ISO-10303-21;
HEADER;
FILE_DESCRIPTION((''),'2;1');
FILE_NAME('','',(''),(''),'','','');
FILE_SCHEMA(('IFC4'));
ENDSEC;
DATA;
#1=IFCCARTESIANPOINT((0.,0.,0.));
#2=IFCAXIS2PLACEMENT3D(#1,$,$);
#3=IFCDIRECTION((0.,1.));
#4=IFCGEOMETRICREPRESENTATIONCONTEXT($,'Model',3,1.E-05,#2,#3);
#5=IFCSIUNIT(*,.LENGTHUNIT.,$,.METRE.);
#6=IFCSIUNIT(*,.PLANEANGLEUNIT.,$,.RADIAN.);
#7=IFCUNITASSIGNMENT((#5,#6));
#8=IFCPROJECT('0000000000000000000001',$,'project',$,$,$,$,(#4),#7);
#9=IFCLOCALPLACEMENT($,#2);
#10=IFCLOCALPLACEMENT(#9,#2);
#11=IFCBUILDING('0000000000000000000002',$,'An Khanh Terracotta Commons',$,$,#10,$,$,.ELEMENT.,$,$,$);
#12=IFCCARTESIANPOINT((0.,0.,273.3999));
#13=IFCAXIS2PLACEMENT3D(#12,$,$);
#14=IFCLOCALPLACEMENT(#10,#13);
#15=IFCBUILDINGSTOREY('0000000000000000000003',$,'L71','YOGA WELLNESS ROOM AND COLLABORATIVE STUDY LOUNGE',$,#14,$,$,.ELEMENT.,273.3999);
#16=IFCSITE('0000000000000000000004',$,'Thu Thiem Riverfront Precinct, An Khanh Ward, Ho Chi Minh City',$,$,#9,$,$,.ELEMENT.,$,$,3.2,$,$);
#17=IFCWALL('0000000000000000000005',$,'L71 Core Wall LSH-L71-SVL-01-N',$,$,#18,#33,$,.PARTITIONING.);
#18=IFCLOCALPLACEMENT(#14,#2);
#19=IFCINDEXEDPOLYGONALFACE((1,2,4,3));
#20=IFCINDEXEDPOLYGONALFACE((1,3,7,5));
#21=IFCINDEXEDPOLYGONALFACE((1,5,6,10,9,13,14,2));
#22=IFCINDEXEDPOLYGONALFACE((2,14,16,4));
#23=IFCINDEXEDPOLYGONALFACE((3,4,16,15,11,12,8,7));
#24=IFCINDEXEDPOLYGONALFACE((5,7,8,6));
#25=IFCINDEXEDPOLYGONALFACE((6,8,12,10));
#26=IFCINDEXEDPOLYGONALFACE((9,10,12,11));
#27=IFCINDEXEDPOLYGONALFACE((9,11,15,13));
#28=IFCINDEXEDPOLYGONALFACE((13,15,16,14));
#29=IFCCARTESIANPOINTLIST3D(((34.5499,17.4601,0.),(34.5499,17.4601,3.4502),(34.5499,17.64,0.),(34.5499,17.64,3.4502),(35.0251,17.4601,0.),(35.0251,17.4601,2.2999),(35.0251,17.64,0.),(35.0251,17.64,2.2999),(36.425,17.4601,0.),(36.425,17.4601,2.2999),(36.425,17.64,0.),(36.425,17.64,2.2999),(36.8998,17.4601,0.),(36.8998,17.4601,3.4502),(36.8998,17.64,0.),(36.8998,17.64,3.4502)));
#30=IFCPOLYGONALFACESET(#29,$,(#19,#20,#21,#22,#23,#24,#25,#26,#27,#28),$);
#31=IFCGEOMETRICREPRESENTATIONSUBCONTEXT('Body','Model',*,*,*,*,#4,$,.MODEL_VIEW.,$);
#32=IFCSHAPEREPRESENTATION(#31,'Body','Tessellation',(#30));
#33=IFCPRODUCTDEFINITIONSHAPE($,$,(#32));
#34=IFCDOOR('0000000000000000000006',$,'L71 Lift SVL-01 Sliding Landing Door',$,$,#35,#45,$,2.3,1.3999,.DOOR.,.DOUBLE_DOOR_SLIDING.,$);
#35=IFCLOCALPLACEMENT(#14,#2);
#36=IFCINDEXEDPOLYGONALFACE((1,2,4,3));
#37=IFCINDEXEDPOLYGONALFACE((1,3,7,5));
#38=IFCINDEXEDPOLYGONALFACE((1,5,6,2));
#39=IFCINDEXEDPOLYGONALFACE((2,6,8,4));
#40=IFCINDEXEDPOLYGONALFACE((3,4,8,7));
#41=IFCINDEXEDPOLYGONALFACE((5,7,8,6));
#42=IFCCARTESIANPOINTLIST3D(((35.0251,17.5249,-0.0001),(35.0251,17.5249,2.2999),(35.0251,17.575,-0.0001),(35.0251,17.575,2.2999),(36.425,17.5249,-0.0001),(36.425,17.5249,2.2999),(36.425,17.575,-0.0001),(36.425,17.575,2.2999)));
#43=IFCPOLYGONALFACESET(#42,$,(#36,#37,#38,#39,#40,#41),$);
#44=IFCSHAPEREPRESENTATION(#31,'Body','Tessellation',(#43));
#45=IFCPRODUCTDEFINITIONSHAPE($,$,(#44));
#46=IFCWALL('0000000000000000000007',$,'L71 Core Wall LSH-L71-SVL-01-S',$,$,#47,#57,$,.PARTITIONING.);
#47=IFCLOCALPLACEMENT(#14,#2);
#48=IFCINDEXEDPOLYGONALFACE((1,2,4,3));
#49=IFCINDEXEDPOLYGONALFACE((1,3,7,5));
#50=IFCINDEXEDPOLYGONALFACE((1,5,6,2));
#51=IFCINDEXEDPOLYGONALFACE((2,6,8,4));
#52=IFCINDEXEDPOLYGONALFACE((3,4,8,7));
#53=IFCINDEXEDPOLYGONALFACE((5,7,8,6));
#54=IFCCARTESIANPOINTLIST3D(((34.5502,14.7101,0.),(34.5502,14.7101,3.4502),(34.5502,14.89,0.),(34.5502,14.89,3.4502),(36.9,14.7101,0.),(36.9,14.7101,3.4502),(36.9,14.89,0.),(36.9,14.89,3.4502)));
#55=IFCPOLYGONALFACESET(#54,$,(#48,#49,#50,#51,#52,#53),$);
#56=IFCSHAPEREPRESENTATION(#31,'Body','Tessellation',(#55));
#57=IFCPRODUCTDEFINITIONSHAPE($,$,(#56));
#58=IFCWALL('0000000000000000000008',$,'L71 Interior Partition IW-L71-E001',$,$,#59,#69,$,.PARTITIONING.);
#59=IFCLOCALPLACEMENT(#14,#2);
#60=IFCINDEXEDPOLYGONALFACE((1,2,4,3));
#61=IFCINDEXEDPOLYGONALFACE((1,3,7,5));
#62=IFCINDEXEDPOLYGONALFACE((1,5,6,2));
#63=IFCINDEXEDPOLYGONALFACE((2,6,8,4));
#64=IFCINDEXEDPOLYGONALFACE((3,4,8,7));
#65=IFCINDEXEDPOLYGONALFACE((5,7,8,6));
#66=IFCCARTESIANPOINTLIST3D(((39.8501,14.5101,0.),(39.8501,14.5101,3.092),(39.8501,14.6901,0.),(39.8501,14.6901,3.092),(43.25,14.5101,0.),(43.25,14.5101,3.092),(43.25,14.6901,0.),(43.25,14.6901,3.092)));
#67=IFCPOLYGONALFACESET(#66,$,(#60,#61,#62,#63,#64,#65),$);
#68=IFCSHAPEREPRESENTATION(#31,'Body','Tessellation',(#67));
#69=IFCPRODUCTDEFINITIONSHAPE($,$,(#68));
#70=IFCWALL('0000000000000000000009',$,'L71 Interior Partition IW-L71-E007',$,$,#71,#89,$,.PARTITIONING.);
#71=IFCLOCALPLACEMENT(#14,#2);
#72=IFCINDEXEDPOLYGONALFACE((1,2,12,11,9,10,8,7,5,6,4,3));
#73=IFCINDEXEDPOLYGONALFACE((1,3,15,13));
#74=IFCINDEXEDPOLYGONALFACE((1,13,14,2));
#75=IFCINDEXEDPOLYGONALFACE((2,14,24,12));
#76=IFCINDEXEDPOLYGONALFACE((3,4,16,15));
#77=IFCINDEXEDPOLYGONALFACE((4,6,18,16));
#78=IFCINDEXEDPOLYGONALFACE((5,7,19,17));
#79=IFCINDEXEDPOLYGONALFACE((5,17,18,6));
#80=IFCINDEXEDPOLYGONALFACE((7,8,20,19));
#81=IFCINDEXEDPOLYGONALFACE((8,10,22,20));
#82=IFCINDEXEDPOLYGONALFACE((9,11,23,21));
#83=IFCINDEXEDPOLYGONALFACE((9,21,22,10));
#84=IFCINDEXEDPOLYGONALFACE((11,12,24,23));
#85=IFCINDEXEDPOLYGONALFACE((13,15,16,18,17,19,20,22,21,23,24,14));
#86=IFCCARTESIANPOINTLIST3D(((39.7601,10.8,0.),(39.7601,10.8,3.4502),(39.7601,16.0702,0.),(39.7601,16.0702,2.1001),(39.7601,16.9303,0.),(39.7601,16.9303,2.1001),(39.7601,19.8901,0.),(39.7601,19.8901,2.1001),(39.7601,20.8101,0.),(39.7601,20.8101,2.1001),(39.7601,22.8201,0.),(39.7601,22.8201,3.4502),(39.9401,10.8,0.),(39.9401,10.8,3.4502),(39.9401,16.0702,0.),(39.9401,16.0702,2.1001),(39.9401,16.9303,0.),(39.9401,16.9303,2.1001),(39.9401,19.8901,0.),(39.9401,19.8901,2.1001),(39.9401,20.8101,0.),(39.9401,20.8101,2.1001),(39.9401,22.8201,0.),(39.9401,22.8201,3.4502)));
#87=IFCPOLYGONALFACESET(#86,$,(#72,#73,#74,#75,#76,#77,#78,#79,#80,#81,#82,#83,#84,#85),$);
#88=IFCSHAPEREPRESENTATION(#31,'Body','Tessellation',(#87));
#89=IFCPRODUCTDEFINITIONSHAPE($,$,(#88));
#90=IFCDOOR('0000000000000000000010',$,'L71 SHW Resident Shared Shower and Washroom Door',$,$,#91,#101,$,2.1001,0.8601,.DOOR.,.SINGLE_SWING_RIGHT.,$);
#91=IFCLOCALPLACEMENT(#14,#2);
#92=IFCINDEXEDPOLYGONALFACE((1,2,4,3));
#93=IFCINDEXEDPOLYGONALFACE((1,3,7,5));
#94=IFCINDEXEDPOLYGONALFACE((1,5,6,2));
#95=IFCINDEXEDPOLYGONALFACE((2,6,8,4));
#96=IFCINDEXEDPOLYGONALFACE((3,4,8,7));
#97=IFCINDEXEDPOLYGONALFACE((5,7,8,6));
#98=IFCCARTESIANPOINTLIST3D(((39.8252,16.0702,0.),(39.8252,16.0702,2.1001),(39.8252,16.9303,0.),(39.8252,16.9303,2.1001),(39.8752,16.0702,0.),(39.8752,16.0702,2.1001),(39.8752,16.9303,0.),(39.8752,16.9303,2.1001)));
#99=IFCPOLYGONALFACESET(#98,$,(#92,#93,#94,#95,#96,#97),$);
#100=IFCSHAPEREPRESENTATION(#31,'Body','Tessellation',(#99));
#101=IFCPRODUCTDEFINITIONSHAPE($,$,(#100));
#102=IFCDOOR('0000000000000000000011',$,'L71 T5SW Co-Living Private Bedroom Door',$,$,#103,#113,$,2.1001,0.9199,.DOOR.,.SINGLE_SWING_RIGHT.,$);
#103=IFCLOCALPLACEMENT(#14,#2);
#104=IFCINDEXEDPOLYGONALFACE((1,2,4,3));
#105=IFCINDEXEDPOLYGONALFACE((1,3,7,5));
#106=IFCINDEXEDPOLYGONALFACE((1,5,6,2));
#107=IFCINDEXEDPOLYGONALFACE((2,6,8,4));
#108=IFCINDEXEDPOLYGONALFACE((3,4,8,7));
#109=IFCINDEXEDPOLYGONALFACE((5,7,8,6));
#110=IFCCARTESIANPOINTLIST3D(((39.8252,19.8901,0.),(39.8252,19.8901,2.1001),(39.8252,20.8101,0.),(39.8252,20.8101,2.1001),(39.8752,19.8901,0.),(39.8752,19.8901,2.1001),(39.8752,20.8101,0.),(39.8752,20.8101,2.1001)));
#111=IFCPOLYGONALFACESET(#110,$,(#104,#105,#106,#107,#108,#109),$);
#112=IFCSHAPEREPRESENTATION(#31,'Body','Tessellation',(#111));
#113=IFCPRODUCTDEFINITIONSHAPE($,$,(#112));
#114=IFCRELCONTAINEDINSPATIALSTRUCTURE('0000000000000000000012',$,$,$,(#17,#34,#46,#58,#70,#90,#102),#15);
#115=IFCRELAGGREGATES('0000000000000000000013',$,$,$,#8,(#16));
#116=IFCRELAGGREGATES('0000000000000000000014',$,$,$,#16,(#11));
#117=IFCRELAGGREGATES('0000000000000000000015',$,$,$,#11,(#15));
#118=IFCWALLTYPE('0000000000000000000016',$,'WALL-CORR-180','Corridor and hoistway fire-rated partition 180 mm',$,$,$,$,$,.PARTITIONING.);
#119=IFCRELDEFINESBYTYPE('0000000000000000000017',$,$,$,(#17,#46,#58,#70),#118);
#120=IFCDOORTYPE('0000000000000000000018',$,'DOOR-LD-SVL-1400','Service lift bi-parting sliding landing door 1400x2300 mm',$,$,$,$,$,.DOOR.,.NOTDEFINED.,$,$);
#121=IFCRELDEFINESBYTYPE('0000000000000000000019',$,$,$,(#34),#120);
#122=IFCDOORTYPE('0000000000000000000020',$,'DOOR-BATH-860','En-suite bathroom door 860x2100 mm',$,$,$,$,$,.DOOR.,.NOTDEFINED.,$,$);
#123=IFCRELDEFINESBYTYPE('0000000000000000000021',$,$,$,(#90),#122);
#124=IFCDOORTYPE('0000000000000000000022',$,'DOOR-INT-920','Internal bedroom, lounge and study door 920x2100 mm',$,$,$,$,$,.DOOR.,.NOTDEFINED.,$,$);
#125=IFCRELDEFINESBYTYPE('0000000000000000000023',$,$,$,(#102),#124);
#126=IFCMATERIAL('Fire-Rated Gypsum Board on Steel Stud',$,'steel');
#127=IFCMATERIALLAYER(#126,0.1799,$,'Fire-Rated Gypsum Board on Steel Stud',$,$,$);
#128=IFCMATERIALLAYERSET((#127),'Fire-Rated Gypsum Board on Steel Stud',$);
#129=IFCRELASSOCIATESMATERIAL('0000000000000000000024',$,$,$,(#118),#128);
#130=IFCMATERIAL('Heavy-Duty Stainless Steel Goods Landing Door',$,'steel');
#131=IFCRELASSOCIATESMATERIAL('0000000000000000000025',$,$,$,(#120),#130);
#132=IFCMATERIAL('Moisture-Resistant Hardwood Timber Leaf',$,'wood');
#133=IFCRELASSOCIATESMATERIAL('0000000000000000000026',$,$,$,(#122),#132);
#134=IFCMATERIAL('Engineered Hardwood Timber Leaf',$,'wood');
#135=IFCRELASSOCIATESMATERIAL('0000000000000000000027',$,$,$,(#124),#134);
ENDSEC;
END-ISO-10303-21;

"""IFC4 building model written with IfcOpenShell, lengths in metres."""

from ifc_helpers import new_model, si_unit, direction, frame, frame_2d, origin, place, context, subcontext, project, spatial, rectangle, extrude, material, layer, layer_set, type_object, element, fill, save


model = new_model("IFC4")

# Units and contexts
model_context = context("Model", 3, precision=1e-05, world=origin(), true_north=direction((0.0, 1.0)))
body_context = subcontext(model_context, "Body", "Model", "MODEL_VIEW")
ifc_project = project(units=[si_unit("LENGTHUNIT", "METRE"), si_unit("PLANEANGLEUNIT", "RADIAN")], contexts=[model_context])

# Site, building, storey
site_placement = place(None, origin())
site = spatial("IfcSite", under=ifc_project, at=site_placement, Name="Thu Thiem Riverfront Precinct, An Khanh Ward, Ho Chi Minh City", CompositionType="ELEMENT", RefElevation=3.2)
building_placement = place(site_placement, origin())
building = spatial("IfcBuilding", under=site, at=building_placement, Name="An Khanh Terracotta Commons", CompositionType="ELEMENT")
storey_placement = place(building_placement, frame((0.0, 0.0, 273.3999)))
storey = spatial("IfcBuildingStorey", under=building, at=storey_placement, Name="L71", Description="YOGA WELLNESS ROOM AND COLLABORATIVE STUDY LOUNGE", CompositionType="ELEMENT", Elevation=273.3999)

# Shared definitions
ifc_material_1 = material(Name="Fire-Rated Gypsum Board on Steel Stud", Category="steel")
ifc_layer_1 = layer(ifc_material_1, 0.1799, Name="Fire-Rated Gypsum Board on Steel Stud")
ifc_layer_set_1 = layer_set([ifc_layer_1], Name="Fire-Rated Gypsum Board on Steel Stud")
wall_type_1 = type_object("IfcWallType", Name="WALL-CORR-180", Description="Corridor and hoistway fire-rated partition 180 mm", PredefinedType="PARTITIONING", material=ifc_layer_set_1)

# Wall, opening, door
wall_1_placement = place(storey_placement, frame((34.55, 17.55, 0.0), z_axis=(0.0, 0.0, 1.0), x_axis=(1.0, 0.0, 0.0)))
wall_1 = element("IfcWall", 1, at=wall_1_placement, inside=storey, type_object=wall_type_1, Name="L71 Core Wall LSH-L71-SVL-01-N", PredefinedType="PARTITIONING", context=body_context, shape_type="SweptSolid", body=[
    extrude(rectangle(XDim=2.3499, YDim=0.1799, at=frame_2d((1.1748, 0.0))), origin(), (0.0, 0.0, 1.0), 3.4502),
])
opening_1_placement = place(wall_1_placement, frame((0.4751, 0.0, 0.0)))
opening_1 = element("IfcOpeningElement", 2, at=opening_1_placement, cuts=wall_1, PredefinedType="OPENING", context=body_context, shape_type="SweptSolid", body=[
    extrude(rectangle(XDim=1.3999, YDim=2.3, at=frame_2d((0.7, 1.1499))), frame((0.0, 0.0999, 0.0), z_axis=(0.0, -1.0, 0.0), x_axis=(1.0, 0.0, 0.0)), (0.0, 0.0, 1.0), 0.2),
])
ifc_material_2 = material(Name="Heavy-Duty Stainless Steel Goods Landing Door", Category="steel")
door_type_1 = type_object("IfcDoorType", Name="DOOR-LD-SVL-1400", Description="Service lift bi-parting sliding landing door 1400x2300 mm", OperationType="NOTDEFINED", PredefinedType="DOOR", material=ifc_material_2)
door_1_placement = place(opening_1_placement, origin())
door_1 = element("IfcDoor", 3, at=door_1_placement, inside=storey, type_object=door_type_1, Name="L71 Lift SVL-01 Sliding Landing Door", OperationType="DOUBLE_DOOR_SLIDING", OverallHeight=2.3, OverallWidth=1.3999, PredefinedType="DOOR", context=body_context, shape_type="SweptSolid", body=[
    extrude(rectangle(XDim=1.3999, YDim=2.3, at=frame_2d((0.7, 1.1499))), frame((0.0, 0.0249, 0.0), z_axis=(0.0, -1.0, 0.0), x_axis=(1.0, 0.0, 0.0)), (0.0, 0.0, 1.0), 0.05),
])
fill(opening_1, door_1)

# Walls
wall_2_placement = place(storey_placement, frame((36.8999, 14.8, 0.0), z_axis=(0.0, 0.0, 1.0), x_axis=(-1.0, 0.0, 0.0)))
element("IfcWall", 4, at=wall_2_placement, inside=storey, type_object=wall_type_1, Name="L71 Core Wall LSH-L71-SVL-01-S", PredefinedType="PARTITIONING", context=body_context, shape_type="SweptSolid", body=[
    extrude(rectangle(XDim=2.3499, YDim=0.1799, at=frame_2d((1.1748, 0.0))), origin(), (0.0, 0.0, 1.0), 3.4502),
])
wall_3_placement = place(storey_placement, frame((39.8501, 14.6001, 0.0), z_axis=(0.0, 0.0, 1.0), x_axis=(1.0, 0.0, 0.0)))
element("IfcWall", 5, at=wall_3_placement, inside=storey, type_object=wall_type_1, Name="L71 Interior Partition IW-L71-E001", PredefinedType="PARTITIONING", context=body_context, shape_type="SweptSolid", body=[
    extrude(rectangle(XDim=3.3999, YDim=0.1799, at=frame_2d((1.7, 0.0))), origin(), (0.0, 0.0, 1.0), 3.092),
])

# Wall, openings, doors
wall_4_placement = place(storey_placement, frame((39.8501, 10.8, 0.0), z_axis=(0.0, 0.0, 1.0), x_axis=(0.0, 1.0, 0.0)))
wall_4 = element("IfcWall", 6, at=wall_4_placement, inside=storey, type_object=wall_type_1, Name="L71 Interior Partition IW-L71-E007", PredefinedType="PARTITIONING", context=body_context, shape_type="SweptSolid", body=[
    extrude(rectangle(XDim=12.02, YDim=0.1799, at=frame_2d((6.01, 0.0))), origin(), (0.0, 0.0, 1.0), 3.4502),
])
opening_2_placement = place(wall_4_placement, frame((5.27, 0.0, 0.0)))
opening_2 = element("IfcOpeningElement", 7, at=opening_2_placement, cuts=wall_4, PredefinedType="OPENING", context=body_context, shape_type="SweptSolid", body=[
    extrude(rectangle(XDim=0.8601, YDim=2.1001, at=frame_2d((0.4302, 1.05))), frame((0.0, 0.0999, 0.0), z_axis=(0.0, -1.0, 0.0), x_axis=(1.0, 0.0, 0.0)), (0.0, 0.0, 1.0), 0.2),
])
opening_3_placement = place(wall_4_placement, frame((9.0901, 0.0, 0.0)))
opening_3 = element("IfcOpeningElement", 8, at=opening_3_placement, cuts=wall_4, PredefinedType="OPENING", context=body_context, shape_type="SweptSolid", body=[
    extrude(rectangle(XDim=0.9199, YDim=2.1001, at=frame_2d((0.46, 1.05))), frame((0.0, 0.0999, 0.0), z_axis=(0.0, -1.0, 0.0), x_axis=(1.0, 0.0, 0.0)), (0.0, 0.0, 1.0), 0.2),
])
ifc_material_3 = material(Name="Moisture-Resistant Hardwood Timber Leaf", Category="wood")
door_type_2 = type_object("IfcDoorType", Name="DOOR-BATH-860", Description="En-suite bathroom door 860x2100 mm", OperationType="NOTDEFINED", PredefinedType="DOOR", material=ifc_material_3)
door_2_placement = place(opening_2_placement, origin())
door_2 = element("IfcDoor", 9, at=door_2_placement, inside=storey, type_object=door_type_2, Name="L71 SHW Resident Shared Shower and Washroom Door", OperationType="SINGLE_SWING_RIGHT", OverallHeight=2.1001, OverallWidth=0.8601, PredefinedType="DOOR", context=body_context, shape_type="SweptSolid", body=[
    extrude(rectangle(XDim=0.8601, YDim=2.1001, at=frame_2d((0.4302, 1.05))), frame((0.0, 0.0249, 0.0), z_axis=(0.0, -1.0, 0.0), x_axis=(1.0, 0.0, 0.0)), (0.0, 0.0, 1.0), 0.05),
])
fill(opening_2, door_2)
ifc_material_4 = material(Name="Engineered Hardwood Timber Leaf", Category="wood")
door_type_3 = type_object("IfcDoorType", Name="DOOR-INT-920", Description="Internal bedroom, lounge and study door 920x2100 mm", OperationType="NOTDEFINED", PredefinedType="DOOR", material=ifc_material_4)
door_3_placement = place(opening_3_placement, origin())
door_3 = element("IfcDoor", 10, at=door_3_placement, inside=storey, type_object=door_type_3, Name="L71 T5SW Co-Living Private Bedroom Door", OperationType="SINGLE_SWING_RIGHT", OverallHeight=2.1001, OverallWidth=0.9199, PredefinedType="DOOR", context=body_context, shape_type="SweptSolid", body=[
    extrude(rectangle(XDim=0.9199, YDim=2.1001, at=frame_2d((0.46, 1.05))), frame((0.0, 0.0249, 0.0), z_axis=(0.0, -1.0, 0.0), x_axis=(1.0, 0.0, 0.0)), (0.0, 0.0, 1.0), 0.05),
])
fill(opening_3, door_3)

save(model, "model.ifc")
